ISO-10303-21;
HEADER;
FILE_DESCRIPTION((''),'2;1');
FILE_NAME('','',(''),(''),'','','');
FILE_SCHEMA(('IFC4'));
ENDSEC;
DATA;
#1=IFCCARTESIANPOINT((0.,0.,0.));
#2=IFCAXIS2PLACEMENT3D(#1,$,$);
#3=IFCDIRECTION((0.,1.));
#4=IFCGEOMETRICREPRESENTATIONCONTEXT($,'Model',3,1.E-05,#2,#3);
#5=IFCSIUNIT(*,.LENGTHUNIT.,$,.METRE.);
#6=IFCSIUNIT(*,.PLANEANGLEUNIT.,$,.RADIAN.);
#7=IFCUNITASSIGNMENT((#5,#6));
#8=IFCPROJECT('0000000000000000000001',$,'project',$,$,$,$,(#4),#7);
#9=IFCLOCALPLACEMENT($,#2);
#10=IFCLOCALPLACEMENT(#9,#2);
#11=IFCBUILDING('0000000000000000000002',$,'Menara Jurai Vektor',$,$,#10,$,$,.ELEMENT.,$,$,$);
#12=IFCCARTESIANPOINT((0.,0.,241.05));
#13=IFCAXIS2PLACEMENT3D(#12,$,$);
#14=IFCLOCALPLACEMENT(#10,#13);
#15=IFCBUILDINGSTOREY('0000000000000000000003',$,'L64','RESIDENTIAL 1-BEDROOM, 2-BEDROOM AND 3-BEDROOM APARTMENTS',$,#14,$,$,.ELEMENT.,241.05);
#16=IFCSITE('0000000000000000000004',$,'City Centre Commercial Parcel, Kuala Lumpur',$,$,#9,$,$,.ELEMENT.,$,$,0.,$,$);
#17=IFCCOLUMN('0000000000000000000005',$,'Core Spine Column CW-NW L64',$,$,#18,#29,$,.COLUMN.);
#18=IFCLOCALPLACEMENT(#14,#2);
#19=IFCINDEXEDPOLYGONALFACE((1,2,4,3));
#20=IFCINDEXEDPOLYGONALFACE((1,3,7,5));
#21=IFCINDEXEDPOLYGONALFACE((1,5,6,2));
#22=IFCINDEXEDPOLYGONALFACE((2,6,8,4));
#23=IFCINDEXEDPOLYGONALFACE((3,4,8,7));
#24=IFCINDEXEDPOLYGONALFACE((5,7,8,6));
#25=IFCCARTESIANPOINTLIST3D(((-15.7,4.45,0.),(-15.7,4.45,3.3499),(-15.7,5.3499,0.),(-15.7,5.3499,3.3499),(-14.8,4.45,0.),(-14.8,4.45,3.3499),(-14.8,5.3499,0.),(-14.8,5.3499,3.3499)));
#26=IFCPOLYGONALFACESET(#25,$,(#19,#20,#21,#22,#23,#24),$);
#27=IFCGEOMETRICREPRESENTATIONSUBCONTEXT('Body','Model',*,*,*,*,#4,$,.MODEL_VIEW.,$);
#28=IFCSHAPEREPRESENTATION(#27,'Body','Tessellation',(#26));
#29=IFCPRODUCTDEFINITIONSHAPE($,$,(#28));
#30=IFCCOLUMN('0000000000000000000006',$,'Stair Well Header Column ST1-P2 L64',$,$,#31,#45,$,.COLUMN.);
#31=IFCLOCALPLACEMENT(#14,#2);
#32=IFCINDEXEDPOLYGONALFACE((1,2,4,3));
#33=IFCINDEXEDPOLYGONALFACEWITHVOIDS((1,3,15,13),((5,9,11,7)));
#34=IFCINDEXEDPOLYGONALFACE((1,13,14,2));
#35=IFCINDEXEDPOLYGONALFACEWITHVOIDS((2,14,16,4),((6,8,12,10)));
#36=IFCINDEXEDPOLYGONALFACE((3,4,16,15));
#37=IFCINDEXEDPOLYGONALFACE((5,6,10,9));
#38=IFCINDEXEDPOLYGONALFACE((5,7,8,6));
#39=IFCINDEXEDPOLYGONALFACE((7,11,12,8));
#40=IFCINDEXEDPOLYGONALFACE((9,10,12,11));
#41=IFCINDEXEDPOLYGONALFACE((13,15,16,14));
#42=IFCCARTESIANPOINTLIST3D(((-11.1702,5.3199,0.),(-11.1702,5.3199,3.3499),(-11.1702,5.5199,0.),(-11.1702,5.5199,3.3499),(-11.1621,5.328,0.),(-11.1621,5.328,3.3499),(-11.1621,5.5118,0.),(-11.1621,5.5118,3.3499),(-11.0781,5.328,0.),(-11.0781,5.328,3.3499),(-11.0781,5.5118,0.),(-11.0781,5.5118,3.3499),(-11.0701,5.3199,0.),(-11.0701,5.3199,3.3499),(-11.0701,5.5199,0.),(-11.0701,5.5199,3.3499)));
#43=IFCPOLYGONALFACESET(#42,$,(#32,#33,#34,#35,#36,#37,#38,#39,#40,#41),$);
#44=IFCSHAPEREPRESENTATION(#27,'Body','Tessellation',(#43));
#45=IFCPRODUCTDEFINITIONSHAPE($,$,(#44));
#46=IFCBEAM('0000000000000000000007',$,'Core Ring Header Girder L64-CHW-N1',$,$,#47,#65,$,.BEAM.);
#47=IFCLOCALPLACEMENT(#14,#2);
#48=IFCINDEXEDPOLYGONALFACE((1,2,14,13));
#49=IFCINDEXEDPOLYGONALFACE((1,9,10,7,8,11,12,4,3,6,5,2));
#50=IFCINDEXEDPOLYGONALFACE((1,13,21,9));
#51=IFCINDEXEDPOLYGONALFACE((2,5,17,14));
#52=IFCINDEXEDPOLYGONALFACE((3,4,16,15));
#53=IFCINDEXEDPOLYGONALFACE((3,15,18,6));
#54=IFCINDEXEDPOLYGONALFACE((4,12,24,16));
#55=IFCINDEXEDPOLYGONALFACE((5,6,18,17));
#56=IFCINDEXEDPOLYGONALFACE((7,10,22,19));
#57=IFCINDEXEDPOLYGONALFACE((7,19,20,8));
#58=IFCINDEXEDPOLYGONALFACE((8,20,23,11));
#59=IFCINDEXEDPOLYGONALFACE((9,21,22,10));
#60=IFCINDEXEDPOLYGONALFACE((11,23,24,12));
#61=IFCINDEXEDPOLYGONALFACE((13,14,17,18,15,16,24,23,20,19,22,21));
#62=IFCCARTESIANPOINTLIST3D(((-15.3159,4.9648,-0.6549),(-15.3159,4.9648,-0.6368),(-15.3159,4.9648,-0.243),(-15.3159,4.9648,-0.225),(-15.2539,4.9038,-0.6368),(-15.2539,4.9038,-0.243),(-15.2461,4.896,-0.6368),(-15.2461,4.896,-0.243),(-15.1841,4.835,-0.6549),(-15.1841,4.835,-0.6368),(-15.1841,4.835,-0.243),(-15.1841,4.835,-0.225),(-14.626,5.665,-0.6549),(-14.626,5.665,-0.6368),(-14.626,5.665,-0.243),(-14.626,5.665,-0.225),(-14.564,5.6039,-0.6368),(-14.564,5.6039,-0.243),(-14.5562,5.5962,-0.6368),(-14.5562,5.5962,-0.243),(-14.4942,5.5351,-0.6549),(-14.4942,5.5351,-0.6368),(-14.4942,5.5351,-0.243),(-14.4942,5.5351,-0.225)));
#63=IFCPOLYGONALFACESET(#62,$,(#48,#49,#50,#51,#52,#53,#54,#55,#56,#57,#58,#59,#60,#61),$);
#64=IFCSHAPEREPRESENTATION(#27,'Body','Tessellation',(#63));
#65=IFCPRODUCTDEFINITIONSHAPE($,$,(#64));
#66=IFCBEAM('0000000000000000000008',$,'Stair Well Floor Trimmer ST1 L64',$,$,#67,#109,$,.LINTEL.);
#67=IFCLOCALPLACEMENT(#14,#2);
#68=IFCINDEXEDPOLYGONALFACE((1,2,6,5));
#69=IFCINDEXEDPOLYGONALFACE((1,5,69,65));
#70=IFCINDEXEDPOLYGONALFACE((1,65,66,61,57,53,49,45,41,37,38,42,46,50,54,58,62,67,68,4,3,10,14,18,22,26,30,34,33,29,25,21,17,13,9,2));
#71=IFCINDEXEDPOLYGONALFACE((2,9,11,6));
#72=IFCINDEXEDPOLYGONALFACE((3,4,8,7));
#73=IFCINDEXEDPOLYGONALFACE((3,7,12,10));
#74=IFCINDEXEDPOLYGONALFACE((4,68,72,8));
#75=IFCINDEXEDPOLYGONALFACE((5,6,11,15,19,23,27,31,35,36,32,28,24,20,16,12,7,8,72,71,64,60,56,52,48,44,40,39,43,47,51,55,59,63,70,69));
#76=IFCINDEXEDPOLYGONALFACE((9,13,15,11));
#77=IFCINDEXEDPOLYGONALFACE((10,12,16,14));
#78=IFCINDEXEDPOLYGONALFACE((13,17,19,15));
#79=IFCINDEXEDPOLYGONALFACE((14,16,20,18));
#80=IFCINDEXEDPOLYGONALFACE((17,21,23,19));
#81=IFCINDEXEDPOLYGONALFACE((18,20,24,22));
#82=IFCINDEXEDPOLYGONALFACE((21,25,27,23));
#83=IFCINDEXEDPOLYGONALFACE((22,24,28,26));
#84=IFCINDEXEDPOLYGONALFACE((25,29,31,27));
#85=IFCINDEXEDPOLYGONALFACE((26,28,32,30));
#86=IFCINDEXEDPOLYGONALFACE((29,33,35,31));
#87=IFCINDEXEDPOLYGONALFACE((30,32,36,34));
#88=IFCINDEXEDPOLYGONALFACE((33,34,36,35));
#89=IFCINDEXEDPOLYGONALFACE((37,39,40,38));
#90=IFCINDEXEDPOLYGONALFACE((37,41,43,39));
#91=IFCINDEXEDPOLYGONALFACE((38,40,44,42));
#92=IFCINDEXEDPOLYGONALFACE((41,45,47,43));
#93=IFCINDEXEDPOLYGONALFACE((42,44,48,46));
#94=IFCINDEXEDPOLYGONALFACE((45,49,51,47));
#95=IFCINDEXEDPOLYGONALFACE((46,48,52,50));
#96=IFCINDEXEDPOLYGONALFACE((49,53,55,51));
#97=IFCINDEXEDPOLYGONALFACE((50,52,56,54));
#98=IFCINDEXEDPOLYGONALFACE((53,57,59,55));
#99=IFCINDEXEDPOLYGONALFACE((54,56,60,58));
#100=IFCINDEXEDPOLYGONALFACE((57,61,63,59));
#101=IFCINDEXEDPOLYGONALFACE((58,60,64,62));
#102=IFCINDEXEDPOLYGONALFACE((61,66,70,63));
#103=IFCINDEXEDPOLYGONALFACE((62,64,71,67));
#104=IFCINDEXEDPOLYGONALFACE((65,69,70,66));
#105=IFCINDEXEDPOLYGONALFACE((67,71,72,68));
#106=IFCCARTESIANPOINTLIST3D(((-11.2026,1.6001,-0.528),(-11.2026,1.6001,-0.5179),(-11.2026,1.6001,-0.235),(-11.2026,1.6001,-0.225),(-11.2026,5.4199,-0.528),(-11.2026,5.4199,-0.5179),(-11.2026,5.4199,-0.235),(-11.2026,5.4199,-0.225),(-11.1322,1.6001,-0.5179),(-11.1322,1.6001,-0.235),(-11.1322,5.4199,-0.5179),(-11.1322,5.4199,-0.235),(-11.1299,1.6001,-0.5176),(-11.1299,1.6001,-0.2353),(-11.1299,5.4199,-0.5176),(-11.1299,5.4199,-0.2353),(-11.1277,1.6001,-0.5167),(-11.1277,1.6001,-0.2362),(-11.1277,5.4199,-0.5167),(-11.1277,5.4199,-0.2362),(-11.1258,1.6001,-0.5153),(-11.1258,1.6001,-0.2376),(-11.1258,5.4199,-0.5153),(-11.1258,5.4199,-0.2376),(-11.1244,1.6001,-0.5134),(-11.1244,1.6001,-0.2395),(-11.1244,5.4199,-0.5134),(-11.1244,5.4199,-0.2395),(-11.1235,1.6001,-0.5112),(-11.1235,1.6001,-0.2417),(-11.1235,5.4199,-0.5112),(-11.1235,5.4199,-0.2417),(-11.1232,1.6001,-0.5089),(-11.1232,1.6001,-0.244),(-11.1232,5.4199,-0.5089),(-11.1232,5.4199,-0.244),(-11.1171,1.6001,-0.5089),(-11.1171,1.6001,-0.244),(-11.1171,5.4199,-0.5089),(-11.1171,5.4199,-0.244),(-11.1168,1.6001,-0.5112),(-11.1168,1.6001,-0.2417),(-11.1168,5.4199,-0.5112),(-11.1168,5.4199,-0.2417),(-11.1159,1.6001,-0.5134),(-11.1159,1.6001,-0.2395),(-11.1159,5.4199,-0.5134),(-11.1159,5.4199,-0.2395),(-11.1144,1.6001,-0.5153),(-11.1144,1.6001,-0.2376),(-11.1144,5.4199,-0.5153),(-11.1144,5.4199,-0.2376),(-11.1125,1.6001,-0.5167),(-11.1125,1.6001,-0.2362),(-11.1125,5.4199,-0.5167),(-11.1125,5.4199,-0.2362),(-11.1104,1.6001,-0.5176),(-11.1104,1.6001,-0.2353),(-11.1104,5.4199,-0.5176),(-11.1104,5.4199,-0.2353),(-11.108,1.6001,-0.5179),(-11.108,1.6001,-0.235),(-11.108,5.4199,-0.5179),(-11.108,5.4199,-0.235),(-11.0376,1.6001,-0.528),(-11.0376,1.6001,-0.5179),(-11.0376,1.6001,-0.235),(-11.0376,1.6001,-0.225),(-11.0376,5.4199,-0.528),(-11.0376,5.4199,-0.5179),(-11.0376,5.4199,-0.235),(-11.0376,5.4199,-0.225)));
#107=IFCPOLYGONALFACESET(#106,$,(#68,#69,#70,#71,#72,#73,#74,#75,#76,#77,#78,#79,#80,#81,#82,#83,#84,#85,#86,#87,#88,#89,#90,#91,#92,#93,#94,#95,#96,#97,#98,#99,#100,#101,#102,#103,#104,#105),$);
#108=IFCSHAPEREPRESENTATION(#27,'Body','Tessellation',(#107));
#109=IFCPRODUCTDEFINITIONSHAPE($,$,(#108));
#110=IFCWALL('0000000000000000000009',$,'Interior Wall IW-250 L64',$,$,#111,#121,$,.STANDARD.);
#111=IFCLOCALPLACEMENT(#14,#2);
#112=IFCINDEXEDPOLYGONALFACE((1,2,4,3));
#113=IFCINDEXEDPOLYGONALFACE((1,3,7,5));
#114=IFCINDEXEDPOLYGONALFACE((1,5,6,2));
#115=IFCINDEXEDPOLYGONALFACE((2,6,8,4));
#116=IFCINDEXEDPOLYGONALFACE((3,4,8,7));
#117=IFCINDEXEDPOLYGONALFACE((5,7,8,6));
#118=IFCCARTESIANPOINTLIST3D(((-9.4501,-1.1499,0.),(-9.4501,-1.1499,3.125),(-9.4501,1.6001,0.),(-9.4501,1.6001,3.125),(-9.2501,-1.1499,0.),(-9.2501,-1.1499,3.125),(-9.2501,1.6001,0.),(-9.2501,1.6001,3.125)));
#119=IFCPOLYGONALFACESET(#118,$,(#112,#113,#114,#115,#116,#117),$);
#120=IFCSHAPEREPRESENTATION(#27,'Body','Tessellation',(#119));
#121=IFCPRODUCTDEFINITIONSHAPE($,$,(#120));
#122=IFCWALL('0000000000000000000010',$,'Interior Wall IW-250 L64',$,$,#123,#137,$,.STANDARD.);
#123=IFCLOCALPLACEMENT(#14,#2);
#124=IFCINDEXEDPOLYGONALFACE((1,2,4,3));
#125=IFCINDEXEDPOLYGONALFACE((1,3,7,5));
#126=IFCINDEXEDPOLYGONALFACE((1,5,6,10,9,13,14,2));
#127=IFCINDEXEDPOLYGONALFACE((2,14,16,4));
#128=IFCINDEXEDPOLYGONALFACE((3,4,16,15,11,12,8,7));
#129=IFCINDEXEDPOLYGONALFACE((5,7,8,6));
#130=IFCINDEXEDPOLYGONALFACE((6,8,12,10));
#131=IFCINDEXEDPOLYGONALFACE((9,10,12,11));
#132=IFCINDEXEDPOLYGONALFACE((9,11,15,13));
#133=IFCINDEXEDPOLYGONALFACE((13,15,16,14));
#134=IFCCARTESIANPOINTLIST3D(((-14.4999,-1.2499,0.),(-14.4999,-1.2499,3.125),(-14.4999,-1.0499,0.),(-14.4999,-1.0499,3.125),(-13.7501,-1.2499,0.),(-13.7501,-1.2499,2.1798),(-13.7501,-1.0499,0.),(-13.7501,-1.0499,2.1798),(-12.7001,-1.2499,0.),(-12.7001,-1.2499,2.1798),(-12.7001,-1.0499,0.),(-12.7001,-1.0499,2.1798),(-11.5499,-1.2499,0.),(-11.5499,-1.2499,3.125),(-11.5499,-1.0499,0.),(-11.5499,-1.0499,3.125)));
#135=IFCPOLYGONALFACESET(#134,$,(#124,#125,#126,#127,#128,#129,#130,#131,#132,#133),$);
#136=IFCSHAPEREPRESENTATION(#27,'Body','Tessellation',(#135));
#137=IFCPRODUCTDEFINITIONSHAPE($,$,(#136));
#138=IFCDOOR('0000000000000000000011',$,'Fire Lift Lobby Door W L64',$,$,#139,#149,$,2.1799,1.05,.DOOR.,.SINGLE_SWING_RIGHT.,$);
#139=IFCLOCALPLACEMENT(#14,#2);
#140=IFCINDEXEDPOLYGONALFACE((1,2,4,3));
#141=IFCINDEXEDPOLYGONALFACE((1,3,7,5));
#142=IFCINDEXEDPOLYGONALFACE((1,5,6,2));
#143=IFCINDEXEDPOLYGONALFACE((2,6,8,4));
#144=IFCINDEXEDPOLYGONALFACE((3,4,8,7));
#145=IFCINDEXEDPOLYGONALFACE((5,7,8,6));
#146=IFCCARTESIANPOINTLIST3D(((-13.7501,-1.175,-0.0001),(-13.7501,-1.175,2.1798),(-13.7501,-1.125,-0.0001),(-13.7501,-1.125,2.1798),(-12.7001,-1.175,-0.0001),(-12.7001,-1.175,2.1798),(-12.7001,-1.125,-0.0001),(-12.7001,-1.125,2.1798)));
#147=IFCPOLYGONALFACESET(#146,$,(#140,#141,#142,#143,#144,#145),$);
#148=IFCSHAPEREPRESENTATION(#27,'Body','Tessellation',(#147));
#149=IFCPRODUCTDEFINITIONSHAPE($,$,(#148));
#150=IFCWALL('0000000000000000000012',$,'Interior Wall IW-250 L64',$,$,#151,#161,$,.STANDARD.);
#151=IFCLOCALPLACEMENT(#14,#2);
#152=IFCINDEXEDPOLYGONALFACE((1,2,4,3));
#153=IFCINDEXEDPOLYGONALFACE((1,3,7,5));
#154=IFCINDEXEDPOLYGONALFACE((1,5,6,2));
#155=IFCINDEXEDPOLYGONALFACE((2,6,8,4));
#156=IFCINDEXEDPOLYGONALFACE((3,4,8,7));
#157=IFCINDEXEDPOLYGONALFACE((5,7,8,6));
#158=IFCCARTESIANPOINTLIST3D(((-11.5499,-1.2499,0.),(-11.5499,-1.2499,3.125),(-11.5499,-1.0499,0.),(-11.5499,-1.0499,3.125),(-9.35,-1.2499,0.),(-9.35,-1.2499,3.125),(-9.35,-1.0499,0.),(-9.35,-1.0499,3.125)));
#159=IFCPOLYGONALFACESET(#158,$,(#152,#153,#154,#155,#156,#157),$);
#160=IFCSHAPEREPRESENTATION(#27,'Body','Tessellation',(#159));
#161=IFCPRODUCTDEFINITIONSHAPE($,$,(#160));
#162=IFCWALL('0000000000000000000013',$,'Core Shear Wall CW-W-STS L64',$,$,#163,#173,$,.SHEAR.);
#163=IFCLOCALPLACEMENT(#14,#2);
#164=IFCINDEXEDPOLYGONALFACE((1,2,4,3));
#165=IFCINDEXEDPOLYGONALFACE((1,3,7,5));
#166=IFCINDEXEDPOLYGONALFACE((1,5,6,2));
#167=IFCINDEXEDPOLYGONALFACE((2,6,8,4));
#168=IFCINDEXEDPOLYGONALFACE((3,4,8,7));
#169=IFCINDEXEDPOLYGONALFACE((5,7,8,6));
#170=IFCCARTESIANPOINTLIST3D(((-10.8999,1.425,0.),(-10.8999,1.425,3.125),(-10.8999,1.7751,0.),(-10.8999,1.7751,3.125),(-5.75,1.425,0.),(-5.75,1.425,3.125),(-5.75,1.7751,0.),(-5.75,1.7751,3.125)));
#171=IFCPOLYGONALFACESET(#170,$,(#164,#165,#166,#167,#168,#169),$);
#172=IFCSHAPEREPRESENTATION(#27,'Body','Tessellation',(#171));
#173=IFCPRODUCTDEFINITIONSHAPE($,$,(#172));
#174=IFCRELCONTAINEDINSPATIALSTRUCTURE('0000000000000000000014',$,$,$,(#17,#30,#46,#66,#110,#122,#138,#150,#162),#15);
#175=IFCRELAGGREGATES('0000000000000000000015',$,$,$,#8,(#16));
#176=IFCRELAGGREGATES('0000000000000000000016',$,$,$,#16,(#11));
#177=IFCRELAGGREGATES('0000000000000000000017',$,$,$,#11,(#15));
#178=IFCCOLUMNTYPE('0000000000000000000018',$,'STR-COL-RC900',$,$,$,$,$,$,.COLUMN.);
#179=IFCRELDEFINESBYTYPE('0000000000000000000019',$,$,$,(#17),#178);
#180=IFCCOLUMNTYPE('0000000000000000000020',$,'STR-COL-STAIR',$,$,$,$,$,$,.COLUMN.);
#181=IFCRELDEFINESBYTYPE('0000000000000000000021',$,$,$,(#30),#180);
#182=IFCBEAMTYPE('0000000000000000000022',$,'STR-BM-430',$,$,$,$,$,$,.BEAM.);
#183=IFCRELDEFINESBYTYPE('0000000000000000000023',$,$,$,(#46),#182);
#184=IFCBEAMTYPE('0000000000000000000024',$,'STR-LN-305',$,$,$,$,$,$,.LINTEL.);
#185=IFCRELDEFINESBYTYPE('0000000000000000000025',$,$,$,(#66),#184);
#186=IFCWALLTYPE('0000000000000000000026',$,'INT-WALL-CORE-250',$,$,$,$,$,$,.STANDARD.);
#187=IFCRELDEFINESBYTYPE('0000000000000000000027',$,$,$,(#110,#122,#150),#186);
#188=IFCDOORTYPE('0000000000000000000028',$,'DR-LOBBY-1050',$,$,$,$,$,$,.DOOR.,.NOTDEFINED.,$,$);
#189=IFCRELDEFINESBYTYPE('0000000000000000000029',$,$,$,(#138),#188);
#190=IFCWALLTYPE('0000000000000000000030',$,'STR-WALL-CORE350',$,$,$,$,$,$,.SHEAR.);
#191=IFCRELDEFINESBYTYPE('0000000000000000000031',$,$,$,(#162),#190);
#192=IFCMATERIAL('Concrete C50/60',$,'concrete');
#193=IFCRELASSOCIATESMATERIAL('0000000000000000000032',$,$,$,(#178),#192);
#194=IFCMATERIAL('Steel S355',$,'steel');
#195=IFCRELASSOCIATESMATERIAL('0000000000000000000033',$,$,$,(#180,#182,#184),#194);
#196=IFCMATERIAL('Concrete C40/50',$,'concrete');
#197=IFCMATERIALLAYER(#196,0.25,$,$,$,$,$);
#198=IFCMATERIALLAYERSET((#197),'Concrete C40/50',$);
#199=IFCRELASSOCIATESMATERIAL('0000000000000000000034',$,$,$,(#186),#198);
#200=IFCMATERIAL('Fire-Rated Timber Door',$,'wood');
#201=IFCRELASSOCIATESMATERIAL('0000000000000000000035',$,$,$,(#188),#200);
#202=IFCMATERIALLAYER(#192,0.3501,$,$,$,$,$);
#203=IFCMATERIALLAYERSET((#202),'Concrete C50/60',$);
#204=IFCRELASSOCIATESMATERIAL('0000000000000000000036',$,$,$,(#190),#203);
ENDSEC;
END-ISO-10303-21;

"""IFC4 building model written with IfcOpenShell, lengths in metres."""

from ifc_helpers import new_model, si_unit, direction, frame, frame_2d, origin, origin_2d, place, context, subcontext, project, spatial, rectangle, hollow_rectangle, i_section, extrude, material, layer, layer_set, material_profile, profile_set, type_object, element, fill, save


model = new_model("IFC4")

# Units and contexts
model_context = context("Model", 3, precision=1e-05, world=origin(), true_north=direction((0.0, 1.0)))
body_context = subcontext(model_context, "Body", "Model", "MODEL_VIEW")
ifc_project = project(units=[si_unit("LENGTHUNIT", "METRE"), si_unit("PLANEANGLEUNIT", "RADIAN")], contexts=[model_context])

# Site, building, storey
site_placement = place(None, origin())
site = spatial("IfcSite", under=ifc_project, at=site_placement, Name="City Centre Commercial Parcel, Kuala Lumpur", CompositionType="ELEMENT", RefElevation=0.0)
building_placement = place(site_placement, origin())
building = spatial("IfcBuilding", under=site, at=building_placement, Name="Menara Jurai Vektor", CompositionType="ELEMENT")
storey_placement = place(building_placement, frame((0.0, 0.0, 241.05)))
storey = spatial("IfcBuildingStorey", under=building, at=storey_placement, Name="L64", Description="RESIDENTIAL 1-BEDROOM, 2-BEDROOM AND 3-BEDROOM APARTMENTS", CompositionType="ELEMENT", Elevation=241.05)

# Columns
ifc_material_1 = material(Name="Concrete C50/60", Category="concrete")
ifc_material_profile_1 = material_profile(ifc_material_1, rectangle(XDim=0.8999, YDim=0.8999, at=origin_2d()), Name="RC 900x900")
ifc_profile_set_1 = profile_set([ifc_material_profile_1], Name="Concrete C50/60")
column_type_1 = type_object("IfcColumnType", Name="STR-COL-RC900", PredefinedType="COLUMN", material=ifc_profile_set_1)
column_1_placement = place(storey_placement, frame((-15.25, 4.8999, 0.0), z_axis=(0.0, 0.0, 1.0), x_axis=(1.0, 0.0, 0.0)))
element("IfcColumn", 1, at=column_1_placement, inside=storey, type_object=column_type_1, Name="Core Spine Column CW-NW L64", PredefinedType="COLUMN", context=body_context, shape_type="SweptSolid", body=[
    extrude(rectangle(XDim=0.8999, YDim=0.8999, at=origin_2d()), origin(), (0.0, 0.0, 1.0), 3.3499),
])
ifc_material_2 = material(Name="Steel S355", Category="steel")
ifc_material_profile_2 = material_profile(ifc_material_2, hollow_rectangle(XDim=0.1001, YDim=0.2, WallThickness=0.0081, at=origin_2d()), Name="RHS 200x100x8")
ifc_profile_set_2 = profile_set([ifc_material_profile_2], Name="Steel S355")
column_type_2 = type_object("IfcColumnType", Name="STR-COL-STAIR", PredefinedType="COLUMN", material=ifc_profile_set_2)
column_2_placement = place(storey_placement, frame((-11.1201, 5.4199, 0.0), z_axis=(0.0, 0.0, 1.0), x_axis=(1.0, 0.0, 0.0)))
element("IfcColumn", 2, at=column_2_placement, inside=storey, type_object=column_type_2, Name="Stair Well Header Column ST1-P2 L64", PredefinedType="COLUMN", context=body_context, shape_type="SweptSolid", body=[
    extrude(hollow_rectangle(XDim=0.1001, YDim=0.2, WallThickness=0.0081, at=origin_2d()), origin(), (0.0, 0.0, 1.0), 3.3499),
])

# Beams
ifc_material_profile_3 = material_profile(ifc_material_2, i_section(OverallWidth=0.1851, OverallDepth=0.4299, WebThickness=0.011, FlangeThickness=0.0181, at=origin_2d()), Name="PG 430x185x76")
ifc_profile_set_3 = profile_set([ifc_material_profile_3], Name="Steel S355")
beam_type_1 = type_object("IfcBeamType", Name="STR-BM-430", PredefinedType="BEAM", material=ifc_profile_set_3)
beam_1_placement = place(storey_placement, frame((-15.25, 4.8999, -0.4399), z_axis=(0.701872, 0.712303, 0.0), x_axis=(-0.712303, 0.701872, 0.0)))
element("IfcBeam", 3, at=beam_1_placement, inside=storey, type_object=beam_type_1, Name="Core Ring Header Girder L64-CHW-N1", PredefinedType="BEAM", context=body_context, shape_type="SweptSolid", body=[
    extrude(i_section(OverallWidth=0.1851, OverallDepth=0.4299, WebThickness=0.011, FlangeThickness=0.0181, at=origin_2d()), origin(), (0.0, 0.0, 1.0), 0.9829),
])
ifc_material_profile_4 = material_profile(ifc_material_2, i_section(OverallWidth=0.165, OverallDepth=0.303, WebThickness=0.0061, FlangeThickness=0.01, FilletRadius=0.009, at=origin_2d()), Name="UKB 305x165x40")
ifc_profile_set_4 = profile_set([ifc_material_profile_4], Name="Steel S355")
beam_type_2 = type_object("IfcBeamType", Name="STR-LN-305", PredefinedType="LINTEL", material=ifc_profile_set_4)
beam_2_placement = place(storey_placement, frame((-11.1201, 1.6001, -0.3765), z_axis=(0.0, 1.0, 0.0), x_axis=(-1.0, 0.0, 0.0)))
element("IfcBeam", 4, at=beam_2_placement, inside=storey, type_object=beam_type_2, Name="Stair Well Floor Trimmer ST1 L64", PredefinedType="LINTEL", context=body_context, shape_type="SweptSolid", body=[
    extrude(i_section(OverallWidth=0.165, OverallDepth=0.303, WebThickness=0.0061, FlangeThickness=0.01, FilletRadius=0.009, at=origin_2d()), origin(), (0.0, 0.0, 1.0), 3.8198),
])

# Shared definitions
ifc_material_3 = material(Name="Concrete C40/50", Category="concrete")
ifc_layer_1 = layer(ifc_material_3, 0.25)
ifc_layer_set_1 = layer_set([ifc_layer_1], Name="Concrete C40/50")
wall_type_1 = type_object("IfcWallType", Name="INT-WALL-CORE-250", PredefinedType="STANDARD", material=ifc_layer_set_1)

# Wall
wall_1_placement = place(storey_placement, frame((-9.3501, -1.1499, 0.0), z_axis=(0.0, 0.0, 1.0), x_axis=(0.0, 1.0, 0.0)))
element("IfcWall", 5, at=wall_1_placement, inside=storey, type_object=wall_type_1, Name="Interior Wall IW-250 L64", PredefinedType="STANDARD", context=body_context, shape_type="SweptSolid", body=[
    extrude(rectangle(XDim=2.75, YDim=0.2, at=frame_2d((1.375, 0.0))), origin(), (0.0, 0.0, 1.0), 3.125),
])

# Wall, opening, door
wall_2_placement = place(storey_placement, frame((-14.5, -1.1499, 0.0), z_axis=(0.0, 0.0, 1.0), x_axis=(1.0, 0.0, 0.0)))
wall_2 = element("IfcWall", 6, at=wall_2_placement, inside=storey, type_object=wall_type_1, Name="Interior Wall IW-250 L64", PredefinedType="STANDARD", context=body_context, shape_type="SweptSolid", body=[
    extrude(rectangle(XDim=2.95, YDim=0.2, at=frame_2d((1.4751, 0.0))), origin(), (0.0, 0.0, 1.0), 3.125),
])
opening_1_placement = place(wall_2_placement, frame((0.75, 0.0, 0.0)))
opening_1 = element("IfcOpeningElement", 7, at=opening_1_placement, cuts=wall_2, PredefinedType="OPENING", context=body_context, shape_type="SweptSolid", body=[
    extrude(rectangle(XDim=1.05, YDim=2.1799, at=frame_2d((0.5249, 1.0898))), frame((0.0, 0.1099, 0.0), z_axis=(0.0, -1.0, 0.0), x_axis=(1.0, 0.0, 0.0)), (0.0, 0.0, 1.0), 0.22),
])
ifc_material_4 = material(Name="Fire-Rated Timber Door", Category="wood")
door_type_1 = type_object("IfcDoorType", Name="DR-LOBBY-1050", OperationType="NOTDEFINED", PredefinedType="DOOR", material=ifc_material_4)
door_1_placement = place(opening_1_placement, origin())
door_1 = element("IfcDoor", 8, at=door_1_placement, inside=storey, type_object=door_type_1, Name="Fire Lift Lobby Door W L64", OperationType="SINGLE_SWING_RIGHT", OverallHeight=2.1799, OverallWidth=1.05, PredefinedType="DOOR", context=body_context, shape_type="SweptSolid", body=[
    extrude(rectangle(XDim=1.05, YDim=2.1799, at=frame_2d((0.5249, 1.0898))), frame((0.0, 0.0249, 0.0), z_axis=(0.0, -1.0, 0.0), x_axis=(1.0, 0.0, 0.0)), (0.0, 0.0, 1.0), 0.05),
])
fill(opening_1, door_1)

# Wall
wall_3_placement = place(storey_placement, frame((-11.55, -1.1499, 0.0), z_axis=(0.0, 0.0, 1.0), x_axis=(1.0, 0.0, 0.0)))
element("IfcWall", 9, at=wall_3_placement, inside=storey, type_object=wall_type_1, Name="Interior Wall IW-250 L64", PredefinedType="STANDARD", context=body_context, shape_type="SweptSolid", body=[
    extrude(rectangle(XDim=2.2, YDim=0.2, at=frame_2d((1.1001, 0.0))), origin(), (0.0, 0.0, 1.0), 3.125),
])

# Wall
ifc_layer_2 = layer(ifc_material_1, 0.3501)
ifc_layer_set_2 = layer_set([ifc_layer_2], Name="Concrete C50/60")
wall_type_2 = type_object("IfcWallType", Name="STR-WALL-CORE350", PredefinedType="SHEAR", material=ifc_layer_set_2)
wall_4_placement = place(storey_placement, frame((-10.8999, 1.6001, 0.0), z_axis=(0.0, 0.0, 1.0), x_axis=(1.0, 0.0, 0.0)))
element("IfcWall", 10, at=wall_4_placement, inside=storey, type_object=wall_type_2, Name="Core Shear Wall CW-W-STS L64", PredefinedType="SHEAR", context=body_context, shape_type="SweptSolid", body=[
    extrude(rectangle(XDim=5.1499, YDim=0.3501, at=frame_2d((2.575, 0.0))), origin(), (0.0, 0.0, 1.0), 3.125),
])

save(model, "model.ifc")
